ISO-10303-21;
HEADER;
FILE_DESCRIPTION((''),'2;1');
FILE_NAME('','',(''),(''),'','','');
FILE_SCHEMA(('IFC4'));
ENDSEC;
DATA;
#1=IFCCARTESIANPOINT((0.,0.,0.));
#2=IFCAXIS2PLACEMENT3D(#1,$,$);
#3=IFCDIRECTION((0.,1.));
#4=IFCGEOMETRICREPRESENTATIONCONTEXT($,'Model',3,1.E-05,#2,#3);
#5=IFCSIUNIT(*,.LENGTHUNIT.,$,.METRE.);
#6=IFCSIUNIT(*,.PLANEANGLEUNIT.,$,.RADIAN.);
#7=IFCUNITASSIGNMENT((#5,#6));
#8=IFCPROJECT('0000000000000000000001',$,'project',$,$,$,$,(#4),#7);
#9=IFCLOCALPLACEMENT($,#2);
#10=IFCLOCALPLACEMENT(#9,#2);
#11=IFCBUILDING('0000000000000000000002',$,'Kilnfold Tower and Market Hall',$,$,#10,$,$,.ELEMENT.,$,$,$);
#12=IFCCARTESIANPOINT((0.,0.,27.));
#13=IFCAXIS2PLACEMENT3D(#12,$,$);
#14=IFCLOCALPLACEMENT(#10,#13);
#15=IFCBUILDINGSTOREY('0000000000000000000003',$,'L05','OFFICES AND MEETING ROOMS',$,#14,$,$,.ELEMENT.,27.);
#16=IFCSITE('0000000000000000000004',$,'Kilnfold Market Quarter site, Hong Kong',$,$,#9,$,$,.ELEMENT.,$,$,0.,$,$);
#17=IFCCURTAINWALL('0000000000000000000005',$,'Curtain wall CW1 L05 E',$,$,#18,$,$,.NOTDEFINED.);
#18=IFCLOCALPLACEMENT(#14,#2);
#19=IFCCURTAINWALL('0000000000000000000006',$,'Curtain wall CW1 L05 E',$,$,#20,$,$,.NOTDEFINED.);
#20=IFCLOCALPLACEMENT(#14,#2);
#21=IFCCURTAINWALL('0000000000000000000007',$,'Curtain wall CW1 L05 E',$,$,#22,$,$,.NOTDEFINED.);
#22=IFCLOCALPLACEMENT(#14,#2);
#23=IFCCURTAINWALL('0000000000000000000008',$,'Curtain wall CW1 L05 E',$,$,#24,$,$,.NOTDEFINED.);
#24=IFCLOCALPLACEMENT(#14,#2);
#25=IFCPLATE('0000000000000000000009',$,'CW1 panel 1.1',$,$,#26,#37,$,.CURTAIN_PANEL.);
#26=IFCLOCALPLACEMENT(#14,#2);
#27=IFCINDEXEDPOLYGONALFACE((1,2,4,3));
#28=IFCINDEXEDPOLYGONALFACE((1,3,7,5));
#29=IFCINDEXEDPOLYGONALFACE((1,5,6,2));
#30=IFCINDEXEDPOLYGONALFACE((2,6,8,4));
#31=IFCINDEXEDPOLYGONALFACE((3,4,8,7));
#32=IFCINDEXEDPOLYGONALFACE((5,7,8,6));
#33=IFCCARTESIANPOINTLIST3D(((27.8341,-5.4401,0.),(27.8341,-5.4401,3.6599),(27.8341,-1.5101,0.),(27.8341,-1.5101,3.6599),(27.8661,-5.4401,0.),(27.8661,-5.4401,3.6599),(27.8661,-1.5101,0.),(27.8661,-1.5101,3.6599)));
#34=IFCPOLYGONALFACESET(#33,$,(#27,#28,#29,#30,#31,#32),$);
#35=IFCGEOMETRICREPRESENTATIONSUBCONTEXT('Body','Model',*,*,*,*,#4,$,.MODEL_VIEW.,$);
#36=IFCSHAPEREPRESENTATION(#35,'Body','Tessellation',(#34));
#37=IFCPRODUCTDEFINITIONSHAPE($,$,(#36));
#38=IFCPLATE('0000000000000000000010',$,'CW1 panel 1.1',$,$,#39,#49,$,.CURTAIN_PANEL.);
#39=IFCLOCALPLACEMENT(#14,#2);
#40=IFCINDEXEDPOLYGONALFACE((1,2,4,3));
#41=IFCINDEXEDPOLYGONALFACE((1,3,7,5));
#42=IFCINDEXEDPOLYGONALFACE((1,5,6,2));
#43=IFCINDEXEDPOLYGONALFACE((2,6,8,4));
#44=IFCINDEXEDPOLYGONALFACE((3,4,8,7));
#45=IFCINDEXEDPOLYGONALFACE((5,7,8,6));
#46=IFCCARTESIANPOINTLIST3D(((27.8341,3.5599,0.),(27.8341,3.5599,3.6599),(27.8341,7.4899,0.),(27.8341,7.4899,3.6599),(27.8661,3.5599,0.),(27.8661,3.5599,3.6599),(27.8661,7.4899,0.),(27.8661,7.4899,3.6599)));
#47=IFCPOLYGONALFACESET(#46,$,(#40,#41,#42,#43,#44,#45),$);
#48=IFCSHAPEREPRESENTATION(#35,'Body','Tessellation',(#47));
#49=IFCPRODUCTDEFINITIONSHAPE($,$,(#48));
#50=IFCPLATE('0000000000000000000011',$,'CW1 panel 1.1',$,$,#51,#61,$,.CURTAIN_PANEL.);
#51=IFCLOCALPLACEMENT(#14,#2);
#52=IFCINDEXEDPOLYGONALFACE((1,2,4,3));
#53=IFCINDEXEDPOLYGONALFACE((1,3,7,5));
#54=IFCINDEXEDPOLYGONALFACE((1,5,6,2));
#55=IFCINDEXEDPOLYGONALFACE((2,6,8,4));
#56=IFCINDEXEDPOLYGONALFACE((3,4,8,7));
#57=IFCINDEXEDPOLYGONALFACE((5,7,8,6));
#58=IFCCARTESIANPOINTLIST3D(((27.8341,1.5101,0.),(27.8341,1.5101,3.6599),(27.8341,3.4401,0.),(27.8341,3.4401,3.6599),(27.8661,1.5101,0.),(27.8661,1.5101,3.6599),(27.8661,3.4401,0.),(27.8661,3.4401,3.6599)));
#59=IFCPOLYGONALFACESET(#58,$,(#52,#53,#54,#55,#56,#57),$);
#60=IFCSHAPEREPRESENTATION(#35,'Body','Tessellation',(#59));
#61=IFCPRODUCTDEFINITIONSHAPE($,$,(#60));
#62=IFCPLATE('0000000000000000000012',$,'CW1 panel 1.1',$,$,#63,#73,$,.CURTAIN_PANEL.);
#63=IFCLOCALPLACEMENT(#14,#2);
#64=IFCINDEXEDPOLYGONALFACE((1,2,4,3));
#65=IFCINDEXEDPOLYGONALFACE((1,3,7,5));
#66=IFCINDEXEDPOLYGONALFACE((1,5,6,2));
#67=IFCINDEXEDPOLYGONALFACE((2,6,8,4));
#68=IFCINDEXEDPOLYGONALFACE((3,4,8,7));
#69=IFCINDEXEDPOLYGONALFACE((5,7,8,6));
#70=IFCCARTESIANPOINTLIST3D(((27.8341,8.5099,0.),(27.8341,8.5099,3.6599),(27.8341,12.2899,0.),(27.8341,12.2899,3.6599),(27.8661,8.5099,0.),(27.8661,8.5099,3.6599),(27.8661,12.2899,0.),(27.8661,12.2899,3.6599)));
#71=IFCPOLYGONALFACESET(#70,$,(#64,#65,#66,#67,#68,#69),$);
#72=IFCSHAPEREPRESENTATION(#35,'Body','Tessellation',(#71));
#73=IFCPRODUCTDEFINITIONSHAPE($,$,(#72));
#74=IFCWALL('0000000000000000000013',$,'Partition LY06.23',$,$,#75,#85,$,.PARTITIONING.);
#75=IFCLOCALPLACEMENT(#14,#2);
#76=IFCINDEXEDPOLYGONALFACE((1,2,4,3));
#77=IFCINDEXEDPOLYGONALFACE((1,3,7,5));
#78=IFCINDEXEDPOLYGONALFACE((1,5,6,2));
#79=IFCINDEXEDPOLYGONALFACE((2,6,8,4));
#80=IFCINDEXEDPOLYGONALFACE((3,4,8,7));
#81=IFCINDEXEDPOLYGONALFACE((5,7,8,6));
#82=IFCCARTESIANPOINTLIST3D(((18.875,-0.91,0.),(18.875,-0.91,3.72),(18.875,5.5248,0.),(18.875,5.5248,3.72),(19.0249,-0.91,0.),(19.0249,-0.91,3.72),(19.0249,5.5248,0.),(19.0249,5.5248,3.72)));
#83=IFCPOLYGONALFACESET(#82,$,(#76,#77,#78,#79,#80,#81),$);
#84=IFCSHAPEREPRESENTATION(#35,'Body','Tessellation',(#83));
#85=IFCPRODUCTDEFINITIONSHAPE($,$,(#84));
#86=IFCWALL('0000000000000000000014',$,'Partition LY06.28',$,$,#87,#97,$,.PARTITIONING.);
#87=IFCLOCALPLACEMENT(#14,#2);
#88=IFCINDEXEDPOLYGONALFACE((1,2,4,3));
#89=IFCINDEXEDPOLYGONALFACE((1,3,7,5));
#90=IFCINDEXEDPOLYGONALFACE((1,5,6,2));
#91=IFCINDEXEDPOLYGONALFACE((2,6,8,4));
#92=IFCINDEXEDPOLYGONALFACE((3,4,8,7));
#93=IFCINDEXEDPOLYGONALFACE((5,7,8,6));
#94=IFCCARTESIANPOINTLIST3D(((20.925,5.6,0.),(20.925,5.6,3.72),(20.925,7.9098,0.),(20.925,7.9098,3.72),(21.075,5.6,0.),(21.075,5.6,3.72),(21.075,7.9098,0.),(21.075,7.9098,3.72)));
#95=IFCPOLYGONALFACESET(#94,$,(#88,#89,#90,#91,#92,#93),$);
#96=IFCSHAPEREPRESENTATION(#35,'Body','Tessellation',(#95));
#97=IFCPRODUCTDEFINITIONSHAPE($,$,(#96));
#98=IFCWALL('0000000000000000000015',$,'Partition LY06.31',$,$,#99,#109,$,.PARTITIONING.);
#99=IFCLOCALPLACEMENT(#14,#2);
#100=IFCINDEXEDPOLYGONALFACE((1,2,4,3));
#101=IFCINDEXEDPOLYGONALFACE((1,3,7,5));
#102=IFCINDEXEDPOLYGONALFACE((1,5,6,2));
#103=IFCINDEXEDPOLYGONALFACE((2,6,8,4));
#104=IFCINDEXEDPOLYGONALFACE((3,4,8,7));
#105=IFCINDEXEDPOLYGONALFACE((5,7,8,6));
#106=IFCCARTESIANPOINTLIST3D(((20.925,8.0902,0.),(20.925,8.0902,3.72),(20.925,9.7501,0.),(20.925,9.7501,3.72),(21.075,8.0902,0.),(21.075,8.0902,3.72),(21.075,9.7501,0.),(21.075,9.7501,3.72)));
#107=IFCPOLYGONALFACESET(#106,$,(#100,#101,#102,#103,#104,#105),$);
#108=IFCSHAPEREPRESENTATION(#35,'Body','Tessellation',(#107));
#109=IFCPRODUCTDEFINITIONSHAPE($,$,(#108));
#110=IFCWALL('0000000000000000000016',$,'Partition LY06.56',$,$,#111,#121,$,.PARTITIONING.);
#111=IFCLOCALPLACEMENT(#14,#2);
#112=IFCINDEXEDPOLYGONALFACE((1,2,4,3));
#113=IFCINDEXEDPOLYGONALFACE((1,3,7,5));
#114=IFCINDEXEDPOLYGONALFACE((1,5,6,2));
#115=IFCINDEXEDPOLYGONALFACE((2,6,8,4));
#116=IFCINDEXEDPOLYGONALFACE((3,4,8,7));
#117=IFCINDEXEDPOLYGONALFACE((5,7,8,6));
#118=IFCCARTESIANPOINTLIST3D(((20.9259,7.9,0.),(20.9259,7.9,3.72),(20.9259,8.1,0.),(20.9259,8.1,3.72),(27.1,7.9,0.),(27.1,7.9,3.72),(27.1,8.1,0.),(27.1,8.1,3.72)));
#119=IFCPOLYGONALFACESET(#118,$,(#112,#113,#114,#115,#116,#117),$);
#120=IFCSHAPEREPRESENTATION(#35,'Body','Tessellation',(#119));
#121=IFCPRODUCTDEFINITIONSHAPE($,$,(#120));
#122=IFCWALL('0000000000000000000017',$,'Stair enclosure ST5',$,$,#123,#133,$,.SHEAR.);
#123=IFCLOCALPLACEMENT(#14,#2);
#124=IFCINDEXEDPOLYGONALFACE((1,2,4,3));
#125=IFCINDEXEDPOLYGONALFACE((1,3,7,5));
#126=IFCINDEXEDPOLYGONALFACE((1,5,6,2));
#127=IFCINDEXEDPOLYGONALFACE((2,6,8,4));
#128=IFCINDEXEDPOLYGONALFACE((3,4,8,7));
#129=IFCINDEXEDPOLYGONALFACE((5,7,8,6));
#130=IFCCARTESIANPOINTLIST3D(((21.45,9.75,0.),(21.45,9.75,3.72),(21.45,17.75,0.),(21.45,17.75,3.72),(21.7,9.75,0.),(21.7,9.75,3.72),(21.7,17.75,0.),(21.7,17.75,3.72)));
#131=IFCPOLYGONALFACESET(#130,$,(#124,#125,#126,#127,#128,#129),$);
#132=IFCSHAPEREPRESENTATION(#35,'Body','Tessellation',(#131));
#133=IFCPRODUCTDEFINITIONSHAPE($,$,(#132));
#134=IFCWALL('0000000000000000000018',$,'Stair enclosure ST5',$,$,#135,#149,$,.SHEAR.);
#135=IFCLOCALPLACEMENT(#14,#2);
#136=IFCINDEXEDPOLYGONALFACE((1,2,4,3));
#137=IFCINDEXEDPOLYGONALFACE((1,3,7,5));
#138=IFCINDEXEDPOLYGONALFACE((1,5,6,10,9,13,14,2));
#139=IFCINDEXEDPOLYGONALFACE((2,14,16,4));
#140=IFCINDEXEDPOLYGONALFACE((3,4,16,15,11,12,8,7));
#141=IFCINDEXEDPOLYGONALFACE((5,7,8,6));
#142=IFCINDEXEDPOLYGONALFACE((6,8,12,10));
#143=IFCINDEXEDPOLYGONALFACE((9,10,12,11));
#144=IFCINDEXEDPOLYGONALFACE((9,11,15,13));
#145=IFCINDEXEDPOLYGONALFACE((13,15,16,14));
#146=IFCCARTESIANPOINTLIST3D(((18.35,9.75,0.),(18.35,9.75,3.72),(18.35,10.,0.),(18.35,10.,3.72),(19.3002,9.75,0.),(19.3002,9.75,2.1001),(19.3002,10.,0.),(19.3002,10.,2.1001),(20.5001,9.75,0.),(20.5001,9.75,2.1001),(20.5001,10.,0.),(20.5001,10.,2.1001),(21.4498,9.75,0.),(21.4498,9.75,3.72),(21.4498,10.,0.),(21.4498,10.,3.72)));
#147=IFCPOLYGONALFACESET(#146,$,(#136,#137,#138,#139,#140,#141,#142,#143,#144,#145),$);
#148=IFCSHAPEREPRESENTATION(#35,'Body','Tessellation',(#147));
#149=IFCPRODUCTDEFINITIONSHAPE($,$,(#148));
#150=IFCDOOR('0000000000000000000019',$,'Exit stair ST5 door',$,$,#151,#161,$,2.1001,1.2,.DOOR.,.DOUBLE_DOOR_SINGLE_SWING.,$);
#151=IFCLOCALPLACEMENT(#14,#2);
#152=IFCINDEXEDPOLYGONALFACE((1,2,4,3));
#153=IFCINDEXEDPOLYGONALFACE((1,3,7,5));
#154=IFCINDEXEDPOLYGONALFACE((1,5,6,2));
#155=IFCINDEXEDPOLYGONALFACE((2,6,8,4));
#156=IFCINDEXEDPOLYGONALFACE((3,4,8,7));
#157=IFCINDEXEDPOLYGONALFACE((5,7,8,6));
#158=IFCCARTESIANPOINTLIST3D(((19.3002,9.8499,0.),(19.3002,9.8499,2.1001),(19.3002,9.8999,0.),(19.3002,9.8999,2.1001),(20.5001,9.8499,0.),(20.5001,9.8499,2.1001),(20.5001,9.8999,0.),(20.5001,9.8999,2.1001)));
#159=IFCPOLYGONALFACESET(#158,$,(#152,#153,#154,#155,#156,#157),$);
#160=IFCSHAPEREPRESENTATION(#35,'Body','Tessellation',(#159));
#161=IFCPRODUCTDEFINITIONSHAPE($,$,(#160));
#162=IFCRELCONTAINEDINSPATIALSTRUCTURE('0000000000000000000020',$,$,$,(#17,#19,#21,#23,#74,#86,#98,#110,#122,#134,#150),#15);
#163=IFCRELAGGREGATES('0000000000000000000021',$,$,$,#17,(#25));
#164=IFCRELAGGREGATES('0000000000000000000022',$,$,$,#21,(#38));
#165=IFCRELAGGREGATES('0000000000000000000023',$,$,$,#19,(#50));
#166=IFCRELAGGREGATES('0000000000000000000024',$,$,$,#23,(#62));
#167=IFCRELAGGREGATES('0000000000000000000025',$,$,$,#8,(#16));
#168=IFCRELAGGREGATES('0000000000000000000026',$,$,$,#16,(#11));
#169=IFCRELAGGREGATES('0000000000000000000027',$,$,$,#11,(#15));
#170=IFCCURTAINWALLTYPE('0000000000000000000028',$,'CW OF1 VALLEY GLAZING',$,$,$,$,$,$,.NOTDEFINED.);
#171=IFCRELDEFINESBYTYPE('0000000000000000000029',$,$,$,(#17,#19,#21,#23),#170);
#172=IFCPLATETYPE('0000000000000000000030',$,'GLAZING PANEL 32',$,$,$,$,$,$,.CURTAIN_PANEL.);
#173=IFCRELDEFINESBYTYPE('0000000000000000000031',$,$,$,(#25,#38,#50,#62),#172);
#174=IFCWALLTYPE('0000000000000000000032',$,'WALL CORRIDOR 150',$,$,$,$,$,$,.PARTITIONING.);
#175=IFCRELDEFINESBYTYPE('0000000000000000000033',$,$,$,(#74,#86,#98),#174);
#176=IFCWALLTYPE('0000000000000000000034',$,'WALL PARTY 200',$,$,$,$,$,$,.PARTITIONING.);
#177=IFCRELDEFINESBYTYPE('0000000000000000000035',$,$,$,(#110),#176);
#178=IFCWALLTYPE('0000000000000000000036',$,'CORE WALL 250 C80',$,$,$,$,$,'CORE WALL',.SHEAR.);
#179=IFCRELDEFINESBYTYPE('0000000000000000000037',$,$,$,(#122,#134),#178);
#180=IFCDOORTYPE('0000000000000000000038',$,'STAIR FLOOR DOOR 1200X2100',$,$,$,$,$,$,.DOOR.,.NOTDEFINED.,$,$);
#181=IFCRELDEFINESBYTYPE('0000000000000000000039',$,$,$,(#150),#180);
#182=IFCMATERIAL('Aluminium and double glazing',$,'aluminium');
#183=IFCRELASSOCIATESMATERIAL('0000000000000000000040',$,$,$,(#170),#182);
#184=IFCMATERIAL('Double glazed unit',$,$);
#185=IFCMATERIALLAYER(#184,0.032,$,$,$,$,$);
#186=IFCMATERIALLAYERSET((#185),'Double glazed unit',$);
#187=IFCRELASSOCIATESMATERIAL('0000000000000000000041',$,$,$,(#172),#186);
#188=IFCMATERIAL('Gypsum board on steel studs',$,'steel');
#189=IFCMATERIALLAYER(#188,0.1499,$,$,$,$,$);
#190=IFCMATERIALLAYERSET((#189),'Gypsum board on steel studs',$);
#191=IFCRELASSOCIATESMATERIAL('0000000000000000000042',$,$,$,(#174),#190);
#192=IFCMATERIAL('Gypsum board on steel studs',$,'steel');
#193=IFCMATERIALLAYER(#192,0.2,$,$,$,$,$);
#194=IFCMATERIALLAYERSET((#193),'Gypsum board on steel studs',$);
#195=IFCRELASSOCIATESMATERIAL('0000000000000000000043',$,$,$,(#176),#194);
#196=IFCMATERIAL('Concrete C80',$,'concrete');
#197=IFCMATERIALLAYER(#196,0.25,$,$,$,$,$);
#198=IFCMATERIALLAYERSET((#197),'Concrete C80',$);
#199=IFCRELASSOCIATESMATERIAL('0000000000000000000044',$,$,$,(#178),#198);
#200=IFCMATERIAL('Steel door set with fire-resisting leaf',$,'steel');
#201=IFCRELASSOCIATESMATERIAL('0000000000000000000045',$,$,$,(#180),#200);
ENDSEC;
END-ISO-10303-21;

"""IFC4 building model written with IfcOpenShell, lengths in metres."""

from ifc_helpers import new_model, si_unit, direction, frame, frame_2d, origin, origin_2d, place, context, subcontext, project, spatial, rectangle, extrude, source, transform, mapped, material, layer, layer_set, type_object, element, fill, aggregate, save


model = new_model("IFC4")

# Units and contexts
model_context = context("Model", 3, precision=1e-05, world=origin(), true_north=direction((0.0, 1.0)))
body_context = subcontext(model_context, "Body", "Model", "MODEL_VIEW")
ifc_project = project(units=[si_unit("LENGTHUNIT", "METRE"), si_unit("PLANEANGLEUNIT", "RADIAN")], contexts=[model_context])

# Site, building, storey
site_placement = place(None, origin())
site = spatial("IfcSite", under=ifc_project, at=site_placement, Name="Kilnfold Market Quarter site, Hong Kong", CompositionType="ELEMENT", RefElevation=0.0)
building_placement = place(site_placement, origin())
building = spatial("IfcBuilding", under=site, at=building_placement, Name="Kilnfold Tower and Market Hall", CompositionType="ELEMENT")
storey_placement = place(building_placement, frame((0.0, 0.0, 27.0)))
storey = spatial("IfcBuildingStorey", under=building, at=storey_placement, Name="L05", Description="OFFICES AND MEETING ROOMS", CompositionType="ELEMENT", Elevation=27.0)

# Curtain wall
ifc_material_1 = material(Name="Aluminium and double glazing", Category="aluminium")
curtain_wall_type = type_object("IfcCurtainWallType", Name="CW OF1 VALLEY GLAZING", PredefinedType="NOTDEFINED", material=ifc_material_1)
curtain_wall_1_placement = place(storey_placement, origin())
curtain_wall_1 = element("IfcCurtainWall", 1, at=curtain_wall_1_placement, inside=storey, type_object=curtain_wall_type, Name="Curtain wall CW1 L05 E", PredefinedType="NOTDEFINED")

# Curtain walls
curtain_wall_2_placement = place(storey_placement, origin())
curtain_wall_2 = element("IfcCurtainWall", 2, at=curtain_wall_2_placement, inside=storey, type_object=curtain_wall_type, Name="Curtain wall CW1 L05 E", PredefinedType="NOTDEFINED")
curtain_wall_3_placement = place(storey_placement, origin())
curtain_wall_3 = element("IfcCurtainWall", 3, at=curtain_wall_3_placement, inside=storey, type_object=curtain_wall_type, Name="Curtain wall CW1 L05 E", PredefinedType="NOTDEFINED")

# Curtain wall
curtain_wall_4_placement = place(storey_placement, origin())
curtain_wall_4 = element("IfcCurtainWall", 4, at=curtain_wall_4_placement, inside=storey, type_object=curtain_wall_type, Name="Curtain wall CW1 L05 E", PredefinedType="NOTDEFINED")

# Plates
ifc_material_2 = material(Name="Double glazed unit")
ifc_layer_1 = layer(ifc_material_2, 0.032)
ifc_layer_set_1 = layer_set([ifc_layer_1], Name="Double glazed unit")
plate_type = type_object("IfcPlateType", Name="GLAZING PANEL 32", PredefinedType="CURTAIN_PANEL", material=ifc_layer_set_1)
shared_shape_1 = source(origin(), body_context, "Body", "SweptSolid", [
    extrude(rectangle(XDim=3.9299, YDim=0.032, at=origin_2d()), origin(), (0.0, 0.0, 1.0), 3.6599),
])
plate_1_placement = place(storey_placement, frame((27.8501, -3.4751, 0.0), z_axis=(0.0, 0.0, 1.0), x_axis=(0.0, 1.0, 0.0)))
plate_1 = element("IfcPlate", 5, at=plate_1_placement, type_object=plate_type, Name="CW1 panel 1.1", PredefinedType="CURTAIN_PANEL", context=body_context, shape_type="MappedRepresentation", body=[
    mapped(shared_shape_1, transform((0.0, 0.0, 0.0))),
])
aggregate(curtain_wall_1, [plate_1])
plate_2_placement = place(storey_placement, frame((27.8501, 5.5249, 0.0), z_axis=(0.0, 0.0, 1.0), x_axis=(0.0, 1.0, 0.0)))
plate_2 = element("IfcPlate", 6, at=plate_2_placement, type_object=plate_type, Name="CW1 panel 1.1", PredefinedType="CURTAIN_PANEL", context=body_context, shape_type="MappedRepresentation", body=[
    mapped(shared_shape_1, transform((0.0, 0.0, 0.0))),
])
aggregate(curtain_wall_3, [plate_2])
shared_shape_2 = source(origin(), body_context, "Body", "SweptSolid", [
    extrude(rectangle(XDim=1.9299, YDim=0.032, at=origin_2d()), origin(), (0.0, 0.0, 1.0), 3.6599),
])
plate_3_placement = place(storey_placement, frame((27.8501, 2.4751, 0.0), z_axis=(0.0, 0.0, 1.0), x_axis=(0.0, 1.0, 0.0)))
plate_3 = element("IfcPlate", 7, at=plate_3_placement, type_object=plate_type, Name="CW1 panel 1.1", PredefinedType="CURTAIN_PANEL", context=body_context, shape_type="MappedRepresentation", body=[
    mapped(shared_shape_2, transform((0.0, 0.0, 0.0))),
])
aggregate(curtain_wall_2, [plate_3])
shared_shape_3 = source(origin(), body_context, "Body", "SweptSolid", [
    extrude(rectangle(XDim=3.78, YDim=0.032, at=origin_2d()), origin(), (0.0, 0.0, 1.0), 3.6599),
])
plate_4_placement = place(storey_placement, frame((27.8501, 10.3999, 0.0), z_axis=(0.0, 0.0, 1.0), x_axis=(0.0, 1.0, 0.0)))
plate_4 = element("IfcPlate", 8, at=plate_4_placement, type_object=plate_type, Name="CW1 panel 1.1", PredefinedType="CURTAIN_PANEL", context=body_context, shape_type="MappedRepresentation", body=[
    mapped(shared_shape_3, transform((0.0, 0.0, 0.0))),
])
aggregate(curtain_wall_4, [plate_4])

# Walls
ifc_material_3 = material(Name="Gypsum board on steel studs", Category="steel")
ifc_layer_2 = layer(ifc_material_3, 0.1499)
ifc_layer_set_2 = layer_set([ifc_layer_2], Name="Gypsum board on steel studs")
wall_type_1 = type_object("IfcWallType", Name="WALL CORRIDOR 150", PredefinedType="PARTITIONING", material=ifc_layer_set_2)
wall_1_placement = place(storey_placement, frame((18.95, -0.9099, 0.0), z_axis=(0.0, 0.0, 1.0), x_axis=(0.0, 1.0, 0.0)))
element("IfcWall", 9, at=wall_1_placement, inside=storey, type_object=wall_type_1, Name="Partition LY06.23", PredefinedType="PARTITIONING", context=body_context, shape_type="SweptSolid", body=[
    extrude(rectangle(XDim=6.4348, YDim=0.1499, at=frame_2d((3.2173, 0.0))), origin(), (0.0, 0.0, 1.0), 3.72),
])
wall_2_placement = place(storey_placement, frame((21.0, 5.6001, 0.0), z_axis=(0.0, 0.0, 1.0), x_axis=(0.0, 1.0, 0.0)))
element("IfcWall", 10, at=wall_2_placement, inside=storey, type_object=wall_type_1, Name="Partition LY06.28", PredefinedType="PARTITIONING", context=body_context, shape_type="SweptSolid", body=[
    extrude(rectangle(XDim=2.3098, YDim=0.1499, at=frame_2d((1.1548, 0.0))), origin(), (0.0, 0.0, 1.0), 3.72),
])
wall_3_placement = place(storey_placement, frame((21.0, 8.0901, 0.0), z_axis=(0.0, 0.0, 1.0), x_axis=(0.0, 1.0, 0.0)))
element("IfcWall", 11, at=wall_3_placement, inside=storey, type_object=wall_type_1, Name="Partition LY06.31", PredefinedType="PARTITIONING", context=body_context, shape_type="SweptSolid", body=[
    extrude(rectangle(XDim=1.6599, YDim=0.1499, at=frame_2d((0.8301, 0.0))), origin(), (0.0, 0.0, 1.0), 3.72),
])
ifc_material_4 = material(Name="Gypsum board on steel studs", Category="steel")
ifc_layer_3 = layer(ifc_material_4, 0.2)
ifc_layer_set_3 = layer_set([ifc_layer_3], Name="Gypsum board on steel studs")
wall_type_2 = type_object("IfcWallType", Name="WALL PARTY 200", PredefinedType="PARTITIONING", material=ifc_layer_set_3)
wall_4_placement = place(storey_placement, frame((20.926, 8.0, 0.0), z_axis=(0.0, 0.0, 1.0), x_axis=(1.0, 0.0, 0.0)))
element("IfcWall", 12, at=wall_4_placement, inside=storey, type_object=wall_type_2, Name="Partition LY06.56", PredefinedType="PARTITIONING", context=body_context, shape_type="SweptSolid", body=[
    extrude(rectangle(XDim=6.1741, YDim=0.2, at=frame_2d((3.0869, 0.0))), origin(), (0.0, 0.0, 1.0), 3.72),
])
ifc_material_5 = material(Name="Concrete C80", Category="concrete")
ifc_layer_4 = layer(ifc_material_5, 0.25)
ifc_layer_set_4 = layer_set([ifc_layer_4], Name="Concrete C80")
wall_type_3 = type_object("IfcWallType", Name="CORE WALL 250 C80", ElementType="CORE WALL", PredefinedType="SHEAR", material=ifc_layer_set_4)
shared_shape_4 = source(origin(), body_context, "Body", "SweptSolid", [
    extrude(rectangle(XDim=8.0, YDim=0.25, at=frame_2d((4.0, 0.0))), origin(), (0.0, 0.0, 1.0), 3.72),
])
wall_5_placement = place(storey_placement, frame((21.575, 9.75, 0.0), z_axis=(0.0, 0.0, 1.0), x_axis=(0.0, 1.0, 0.0)))
element("IfcWall", 13, at=wall_5_placement, inside=storey, type_object=wall_type_3, Name="Stair enclosure ST5", PredefinedType="SHEAR", context=body_context, shape_type="MappedRepresentation", body=[
    mapped(shared_shape_4, transform((0.0, 0.0, 0.0))),
])

# Wall, opening, door
shared_shape_5 = source(origin(), body_context, "Body", "SweptSolid", [
    extrude(rectangle(XDim=3.0999, YDim=0.25, at=frame_2d((1.5498, 0.0))), origin(), (0.0, 0.0, 1.0), 3.72),
])
wall_6_placement = place(storey_placement, frame((18.3501, 9.875, 0.0), z_axis=(0.0, 0.0, 1.0), x_axis=(1.0, 0.0, 0.0)))
wall_6 = element("IfcWall", 14, at=wall_6_placement, inside=storey, type_object=wall_type_3, Name="Stair enclosure ST5", PredefinedType="SHEAR", context=body_context, shape_type="MappedRepresentation", body=[
    mapped(shared_shape_5, transform((0.0, 0.0, 0.0))),
])
opening_1_placement = place(wall_6_placement, frame((0.95, 0.0, 0.0)))
opening_1 = element("IfcOpeningElement", 15, at=opening_1_placement, cuts=wall_6, PredefinedType="OPENING", context=body_context, shape_type="SweptSolid", body=[
    extrude(rectangle(XDim=1.2, YDim=2.1001, at=frame_2d((0.6001, 1.05))), frame((0.0, 0.135, 0.0), z_axis=(0.0, -1.0, 0.0), x_axis=(1.0, 0.0, 0.0)), (0.0, 0.0, 1.0), 0.27),
])
ifc_material_6 = material(Name="Steel door set with fire-resisting leaf", Category="steel")
door_type_1 = type_object("IfcDoorType", Name="STAIR FLOOR DOOR 1200X2100", OperationType="NOTDEFINED", PredefinedType="DOOR", material=ifc_material_6)
door_1_placement = place(opening_1_placement, origin())
door_1 = element("IfcDoor", 16, at=door_1_placement, inside=storey, type_object=door_type_1, Name="Exit stair ST5 door", OperationType="DOUBLE_DOOR_SINGLE_SWING", OverallHeight=2.1001, OverallWidth=1.2, PredefinedType="DOOR", context=body_context, shape_type="SweptSolid", body=[
    extrude(rectangle(XDim=1.2, YDim=2.1001, at=frame_2d((0.6001, 1.05))), frame((0.0, 0.0249, 0.0), z_axis=(0.0, -1.0, 0.0), x_axis=(1.0, 0.0, 0.0)), (0.0, 0.0, 1.0), 0.05),
])
fill(opening_1, door_1)

save(model, "model.ifc")
